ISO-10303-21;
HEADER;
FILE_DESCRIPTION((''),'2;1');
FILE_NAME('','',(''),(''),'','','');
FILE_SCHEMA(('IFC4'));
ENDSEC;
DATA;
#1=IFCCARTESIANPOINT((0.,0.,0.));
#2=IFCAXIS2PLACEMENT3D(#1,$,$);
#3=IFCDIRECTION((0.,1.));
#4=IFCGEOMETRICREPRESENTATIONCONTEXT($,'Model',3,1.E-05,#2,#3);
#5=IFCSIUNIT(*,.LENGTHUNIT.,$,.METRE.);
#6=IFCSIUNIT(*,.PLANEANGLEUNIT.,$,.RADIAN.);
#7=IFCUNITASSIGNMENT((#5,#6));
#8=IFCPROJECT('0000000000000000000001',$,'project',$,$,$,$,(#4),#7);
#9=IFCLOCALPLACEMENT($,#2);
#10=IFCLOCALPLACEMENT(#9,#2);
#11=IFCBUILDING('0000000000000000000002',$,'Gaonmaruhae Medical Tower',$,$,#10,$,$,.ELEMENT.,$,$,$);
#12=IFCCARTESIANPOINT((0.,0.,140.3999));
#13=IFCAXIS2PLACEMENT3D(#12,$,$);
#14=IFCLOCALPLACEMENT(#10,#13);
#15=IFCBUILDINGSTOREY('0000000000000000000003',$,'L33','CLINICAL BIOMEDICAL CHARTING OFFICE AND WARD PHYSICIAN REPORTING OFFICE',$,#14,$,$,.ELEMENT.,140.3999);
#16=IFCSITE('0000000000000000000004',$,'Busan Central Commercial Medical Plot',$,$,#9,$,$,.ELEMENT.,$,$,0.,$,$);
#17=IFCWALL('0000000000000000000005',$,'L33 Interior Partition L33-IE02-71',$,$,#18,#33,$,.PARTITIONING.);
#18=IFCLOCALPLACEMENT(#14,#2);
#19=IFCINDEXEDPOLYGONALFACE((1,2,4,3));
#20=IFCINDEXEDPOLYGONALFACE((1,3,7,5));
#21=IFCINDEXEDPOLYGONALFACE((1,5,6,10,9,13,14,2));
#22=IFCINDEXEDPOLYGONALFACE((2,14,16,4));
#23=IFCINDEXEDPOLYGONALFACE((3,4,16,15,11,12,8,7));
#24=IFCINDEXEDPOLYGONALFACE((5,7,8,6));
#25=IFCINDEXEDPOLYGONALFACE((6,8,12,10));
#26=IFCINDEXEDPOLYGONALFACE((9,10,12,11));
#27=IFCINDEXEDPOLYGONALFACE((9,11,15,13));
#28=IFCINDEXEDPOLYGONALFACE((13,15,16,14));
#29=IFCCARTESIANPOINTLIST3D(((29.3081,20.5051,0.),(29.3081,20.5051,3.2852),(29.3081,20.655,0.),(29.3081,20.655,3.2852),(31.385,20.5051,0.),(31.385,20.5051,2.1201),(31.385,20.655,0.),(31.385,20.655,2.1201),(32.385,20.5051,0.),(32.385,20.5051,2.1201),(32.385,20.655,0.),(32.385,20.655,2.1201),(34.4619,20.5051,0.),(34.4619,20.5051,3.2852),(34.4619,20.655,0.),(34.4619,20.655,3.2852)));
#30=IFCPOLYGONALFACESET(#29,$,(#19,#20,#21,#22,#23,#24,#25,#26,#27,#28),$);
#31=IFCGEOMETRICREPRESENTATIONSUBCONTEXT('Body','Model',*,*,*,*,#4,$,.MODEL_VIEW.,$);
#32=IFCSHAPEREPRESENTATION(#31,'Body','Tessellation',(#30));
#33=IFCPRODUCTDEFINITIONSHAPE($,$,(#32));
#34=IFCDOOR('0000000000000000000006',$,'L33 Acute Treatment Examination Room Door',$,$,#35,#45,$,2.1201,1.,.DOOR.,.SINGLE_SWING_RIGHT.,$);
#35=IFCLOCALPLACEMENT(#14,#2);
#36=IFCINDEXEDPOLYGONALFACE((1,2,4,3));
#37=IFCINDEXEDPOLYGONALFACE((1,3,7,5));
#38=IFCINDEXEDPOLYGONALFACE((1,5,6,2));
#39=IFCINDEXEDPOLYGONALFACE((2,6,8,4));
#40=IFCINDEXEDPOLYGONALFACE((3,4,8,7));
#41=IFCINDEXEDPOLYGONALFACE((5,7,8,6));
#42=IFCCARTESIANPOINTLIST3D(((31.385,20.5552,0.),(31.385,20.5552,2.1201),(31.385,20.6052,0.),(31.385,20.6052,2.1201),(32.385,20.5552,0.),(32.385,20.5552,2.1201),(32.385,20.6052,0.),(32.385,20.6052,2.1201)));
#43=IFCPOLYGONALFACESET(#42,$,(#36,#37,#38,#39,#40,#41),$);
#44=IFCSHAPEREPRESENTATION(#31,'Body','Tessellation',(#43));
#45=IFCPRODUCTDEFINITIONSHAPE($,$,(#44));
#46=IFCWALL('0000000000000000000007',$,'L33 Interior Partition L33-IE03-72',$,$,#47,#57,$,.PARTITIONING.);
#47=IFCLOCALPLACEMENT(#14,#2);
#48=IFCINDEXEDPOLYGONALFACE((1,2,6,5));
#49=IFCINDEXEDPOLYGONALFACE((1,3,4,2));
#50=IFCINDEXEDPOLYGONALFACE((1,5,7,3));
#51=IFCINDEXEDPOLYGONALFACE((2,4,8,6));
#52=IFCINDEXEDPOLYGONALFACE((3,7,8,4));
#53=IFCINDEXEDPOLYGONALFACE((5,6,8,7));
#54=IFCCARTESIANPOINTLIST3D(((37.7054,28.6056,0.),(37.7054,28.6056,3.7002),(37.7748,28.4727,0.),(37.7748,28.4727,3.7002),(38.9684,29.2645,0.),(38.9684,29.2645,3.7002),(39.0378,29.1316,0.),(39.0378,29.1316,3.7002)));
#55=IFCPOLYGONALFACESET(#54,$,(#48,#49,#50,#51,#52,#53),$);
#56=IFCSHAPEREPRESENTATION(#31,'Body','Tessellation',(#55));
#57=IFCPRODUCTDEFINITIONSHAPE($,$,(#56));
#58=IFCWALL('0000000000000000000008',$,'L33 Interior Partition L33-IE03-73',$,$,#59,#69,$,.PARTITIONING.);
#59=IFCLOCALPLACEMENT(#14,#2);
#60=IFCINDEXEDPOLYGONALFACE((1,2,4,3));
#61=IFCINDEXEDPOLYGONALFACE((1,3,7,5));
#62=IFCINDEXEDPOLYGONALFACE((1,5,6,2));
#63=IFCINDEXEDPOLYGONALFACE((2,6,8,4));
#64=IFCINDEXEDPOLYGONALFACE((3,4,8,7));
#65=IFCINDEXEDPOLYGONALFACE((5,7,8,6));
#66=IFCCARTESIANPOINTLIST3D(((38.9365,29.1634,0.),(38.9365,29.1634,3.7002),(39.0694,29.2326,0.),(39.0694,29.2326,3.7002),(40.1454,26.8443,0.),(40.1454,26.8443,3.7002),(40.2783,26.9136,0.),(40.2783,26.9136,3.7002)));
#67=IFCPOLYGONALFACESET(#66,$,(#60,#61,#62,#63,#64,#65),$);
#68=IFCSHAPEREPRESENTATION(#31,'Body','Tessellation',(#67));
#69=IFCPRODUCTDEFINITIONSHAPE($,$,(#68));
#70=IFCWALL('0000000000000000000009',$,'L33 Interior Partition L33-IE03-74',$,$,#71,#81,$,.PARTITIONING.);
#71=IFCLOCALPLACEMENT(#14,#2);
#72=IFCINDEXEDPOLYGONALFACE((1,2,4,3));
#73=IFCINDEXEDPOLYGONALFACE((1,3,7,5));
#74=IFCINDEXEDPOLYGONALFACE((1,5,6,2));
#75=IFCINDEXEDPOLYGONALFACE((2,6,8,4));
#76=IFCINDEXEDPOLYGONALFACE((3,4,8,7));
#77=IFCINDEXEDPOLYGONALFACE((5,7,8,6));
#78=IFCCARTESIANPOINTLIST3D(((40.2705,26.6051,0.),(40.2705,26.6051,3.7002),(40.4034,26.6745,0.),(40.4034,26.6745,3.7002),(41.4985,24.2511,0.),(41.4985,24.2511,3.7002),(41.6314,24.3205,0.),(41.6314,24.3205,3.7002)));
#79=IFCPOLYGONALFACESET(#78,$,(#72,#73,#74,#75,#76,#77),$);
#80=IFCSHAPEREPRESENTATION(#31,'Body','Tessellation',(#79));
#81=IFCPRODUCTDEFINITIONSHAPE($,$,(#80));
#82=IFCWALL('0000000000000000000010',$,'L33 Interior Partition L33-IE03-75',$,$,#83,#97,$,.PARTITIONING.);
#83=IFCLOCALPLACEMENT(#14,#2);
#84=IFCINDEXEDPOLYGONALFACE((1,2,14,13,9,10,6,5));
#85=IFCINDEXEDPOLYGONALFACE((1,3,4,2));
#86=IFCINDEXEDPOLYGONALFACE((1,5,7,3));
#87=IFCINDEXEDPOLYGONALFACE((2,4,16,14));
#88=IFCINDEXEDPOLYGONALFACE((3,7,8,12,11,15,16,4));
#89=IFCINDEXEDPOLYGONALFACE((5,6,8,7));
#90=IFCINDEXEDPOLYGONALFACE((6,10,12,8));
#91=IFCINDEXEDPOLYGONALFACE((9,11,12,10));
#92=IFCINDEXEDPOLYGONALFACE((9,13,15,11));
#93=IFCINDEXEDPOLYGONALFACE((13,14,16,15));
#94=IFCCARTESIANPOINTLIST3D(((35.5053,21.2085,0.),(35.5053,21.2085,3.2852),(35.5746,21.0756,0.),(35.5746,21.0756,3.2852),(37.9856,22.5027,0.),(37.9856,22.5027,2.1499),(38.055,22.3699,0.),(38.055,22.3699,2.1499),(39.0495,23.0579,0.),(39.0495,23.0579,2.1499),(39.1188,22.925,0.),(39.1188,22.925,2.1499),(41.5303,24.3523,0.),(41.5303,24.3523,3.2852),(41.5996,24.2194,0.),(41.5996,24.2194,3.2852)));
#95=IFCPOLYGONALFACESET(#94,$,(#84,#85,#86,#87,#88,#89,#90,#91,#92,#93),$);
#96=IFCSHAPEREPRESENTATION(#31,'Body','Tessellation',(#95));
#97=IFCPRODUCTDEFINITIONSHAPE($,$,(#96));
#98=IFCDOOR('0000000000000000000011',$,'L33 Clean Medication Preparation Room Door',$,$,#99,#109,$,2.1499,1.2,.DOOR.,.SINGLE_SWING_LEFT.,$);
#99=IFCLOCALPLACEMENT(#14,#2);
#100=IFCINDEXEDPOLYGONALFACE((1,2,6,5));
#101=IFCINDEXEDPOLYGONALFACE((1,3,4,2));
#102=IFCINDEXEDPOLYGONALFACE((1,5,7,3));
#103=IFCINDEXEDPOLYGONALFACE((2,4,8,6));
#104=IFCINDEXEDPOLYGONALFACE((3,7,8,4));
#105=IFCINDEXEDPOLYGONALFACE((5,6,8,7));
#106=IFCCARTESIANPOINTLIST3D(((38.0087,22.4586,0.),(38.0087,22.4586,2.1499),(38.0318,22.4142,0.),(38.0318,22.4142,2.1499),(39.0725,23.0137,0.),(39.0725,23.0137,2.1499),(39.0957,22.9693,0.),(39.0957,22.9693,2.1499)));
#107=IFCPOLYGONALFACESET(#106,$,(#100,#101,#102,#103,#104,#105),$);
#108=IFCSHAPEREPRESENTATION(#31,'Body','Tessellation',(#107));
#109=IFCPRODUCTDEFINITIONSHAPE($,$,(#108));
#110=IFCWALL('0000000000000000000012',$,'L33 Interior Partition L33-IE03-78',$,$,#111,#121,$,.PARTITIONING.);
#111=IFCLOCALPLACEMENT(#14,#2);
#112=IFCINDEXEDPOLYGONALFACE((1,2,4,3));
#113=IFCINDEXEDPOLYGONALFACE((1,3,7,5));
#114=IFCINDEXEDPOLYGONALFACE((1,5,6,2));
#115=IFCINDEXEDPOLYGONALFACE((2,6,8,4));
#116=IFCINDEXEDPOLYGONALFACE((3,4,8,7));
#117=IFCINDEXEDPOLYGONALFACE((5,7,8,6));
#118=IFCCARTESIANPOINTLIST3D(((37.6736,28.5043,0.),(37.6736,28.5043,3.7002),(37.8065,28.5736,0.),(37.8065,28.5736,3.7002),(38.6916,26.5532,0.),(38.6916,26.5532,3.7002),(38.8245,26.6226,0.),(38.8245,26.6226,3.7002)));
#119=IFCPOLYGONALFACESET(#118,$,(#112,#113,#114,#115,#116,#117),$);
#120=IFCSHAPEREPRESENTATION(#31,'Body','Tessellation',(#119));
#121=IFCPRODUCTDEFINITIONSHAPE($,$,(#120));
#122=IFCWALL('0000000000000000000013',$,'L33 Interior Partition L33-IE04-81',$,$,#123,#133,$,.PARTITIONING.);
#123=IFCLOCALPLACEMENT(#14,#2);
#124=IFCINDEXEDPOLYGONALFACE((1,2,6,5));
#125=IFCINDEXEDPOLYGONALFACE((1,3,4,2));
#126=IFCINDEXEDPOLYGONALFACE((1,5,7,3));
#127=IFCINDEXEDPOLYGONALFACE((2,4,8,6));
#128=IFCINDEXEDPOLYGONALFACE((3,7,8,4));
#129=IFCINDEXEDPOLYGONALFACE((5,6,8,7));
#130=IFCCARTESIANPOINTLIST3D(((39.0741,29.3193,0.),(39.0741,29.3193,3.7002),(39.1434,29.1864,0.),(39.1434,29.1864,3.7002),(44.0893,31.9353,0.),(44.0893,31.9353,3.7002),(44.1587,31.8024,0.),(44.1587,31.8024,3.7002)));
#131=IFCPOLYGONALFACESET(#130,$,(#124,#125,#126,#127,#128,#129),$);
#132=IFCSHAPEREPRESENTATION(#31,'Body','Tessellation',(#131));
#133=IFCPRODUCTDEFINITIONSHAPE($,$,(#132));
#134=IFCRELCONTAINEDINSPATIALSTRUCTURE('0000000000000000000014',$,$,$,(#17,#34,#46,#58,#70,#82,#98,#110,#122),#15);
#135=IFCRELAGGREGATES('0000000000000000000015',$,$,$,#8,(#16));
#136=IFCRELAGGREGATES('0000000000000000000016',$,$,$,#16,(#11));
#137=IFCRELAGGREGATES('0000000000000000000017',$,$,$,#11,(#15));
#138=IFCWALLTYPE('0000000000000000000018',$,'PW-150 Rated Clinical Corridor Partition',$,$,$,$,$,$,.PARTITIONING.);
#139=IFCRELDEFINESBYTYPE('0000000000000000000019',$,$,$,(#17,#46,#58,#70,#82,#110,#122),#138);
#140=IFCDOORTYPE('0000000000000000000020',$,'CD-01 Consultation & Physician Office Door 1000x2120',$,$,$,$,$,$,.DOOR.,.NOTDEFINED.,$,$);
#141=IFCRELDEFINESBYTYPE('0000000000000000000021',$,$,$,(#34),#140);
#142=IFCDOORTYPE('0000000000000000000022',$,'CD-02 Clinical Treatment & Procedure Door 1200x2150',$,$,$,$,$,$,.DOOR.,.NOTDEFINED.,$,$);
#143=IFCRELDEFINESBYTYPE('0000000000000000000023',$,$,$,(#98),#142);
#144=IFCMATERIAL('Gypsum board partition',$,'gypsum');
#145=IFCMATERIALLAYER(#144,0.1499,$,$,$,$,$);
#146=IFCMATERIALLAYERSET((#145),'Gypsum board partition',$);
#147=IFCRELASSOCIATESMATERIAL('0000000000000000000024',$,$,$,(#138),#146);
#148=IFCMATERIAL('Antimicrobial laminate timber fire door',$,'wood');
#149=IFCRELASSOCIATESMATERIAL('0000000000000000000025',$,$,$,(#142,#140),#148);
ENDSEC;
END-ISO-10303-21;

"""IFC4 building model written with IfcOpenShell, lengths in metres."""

from ifc_helpers import new_model, si_unit, direction, frame, frame_2d, origin, place, context, subcontext, project, spatial, rectangle, extrude, material, layer, layer_set, type_object, element, fill, save


model = new_model("IFC4")

# Units and contexts
model_context = context("Model", 3, precision=1e-05, world=origin(), true_north=direction((0.0, 1.0)))
body_context = subcontext(model_context, "Body", "Model", "MODEL_VIEW")
ifc_project = project(units=[si_unit("LENGTHUNIT", "METRE"), si_unit("PLANEANGLEUNIT", "RADIAN")], contexts=[model_context])

# Site, building, storey
site_placement = place(None, origin())
site = spatial("IfcSite", under=ifc_project, at=site_placement, Name="Busan Central Commercial Medical Plot", CompositionType="ELEMENT", RefElevation=0.0)
building_placement = place(site_placement, origin())
building = spatial("IfcBuilding", under=site, at=building_placement, Name="Gaonmaruhae Medical Tower", CompositionType="ELEMENT")
storey_placement = place(building_placement, frame((0.0, 0.0, 140.3999)))
storey = spatial("IfcBuildingStorey", under=building, at=storey_placement, Name="L33", Description="CLINICAL BIOMEDICAL CHARTING OFFICE AND WARD PHYSICIAN REPORTING OFFICE", CompositionType="ELEMENT", Elevation=140.3999)

# Shared definitions
ifc_material_1 = material(Name="Gypsum board partition", Category="gypsum")
ifc_layer_1 = layer(ifc_material_1, 0.1499)
ifc_layer_set_1 = layer_set([ifc_layer_1], Name="Gypsum board partition")
wall_type_1 = type_object("IfcWallType", Name="PW-150 Rated Clinical Corridor Partition", PredefinedType="PARTITIONING", material=ifc_layer_set_1)

# Shared definitions
ifc_material_2 = material(Name="Antimicrobial laminate timber fire door", Category="wood")
door_type_1 = type_object("IfcDoorType", Name="CD-02 Clinical Treatment & Procedure Door 1200x2150", OperationType="NOTDEFINED", PredefinedType="DOOR", material=ifc_material_2)

# Wall, opening, door
wall_1_placement = place(storey_placement, frame((34.4619, 20.5801, 0.0), z_axis=(0.0, 0.0, 1.0), x_axis=(-1.0, 0.0, 0.0)))
wall_1 = element("IfcWall", 1, at=wall_1_placement, inside=storey, type_object=wall_type_1, Name="L33 Interior Partition L33-IE02-71", PredefinedType="PARTITIONING", context=body_context, shape_type="SweptSolid", body=[
    extrude(rectangle(XDim=5.1538, YDim=0.1499, at=frame_2d((2.5769, 0.0))), origin(), (0.0, 0.0, 1.0), 3.2852),
])
opening_1_placement = place(wall_1_placement, frame((2.0769, 0.0, 0.0)))
opening_1 = element("IfcOpeningElement", 2, at=opening_1_placement, cuts=wall_1, PredefinedType="OPENING", context=body_context, shape_type="SweptSolid", body=[
    extrude(rectangle(XDim=1.0, YDim=2.1201, at=frame_2d((0.5, 1.0601))), frame((0.0, 0.085, 0.0), z_axis=(0.0, -1.0, 0.0), x_axis=(1.0, 0.0, 0.0)), (0.0, 0.0, 1.0), 0.1699),
])
door_type_2 = type_object("IfcDoorType", Name="CD-01 Consultation & Physician Office Door 1000x2120", OperationType="NOTDEFINED", PredefinedType="DOOR", material=ifc_material_2)
door_1_placement = place(opening_1_placement, origin())
door_1 = element("IfcDoor", 3, at=door_1_placement, inside=storey, type_object=door_type_2, Name="L33 Acute Treatment Examination Room Door", OperationType="SINGLE_SWING_RIGHT", OverallHeight=2.1201, OverallWidth=1.0, PredefinedType="DOOR", context=body_context, shape_type="SweptSolid", body=[
    extrude(rectangle(XDim=1.0, YDim=2.1201, at=frame_2d((0.5, 1.0601))), frame((0.0, 0.0249, 0.0), z_axis=(0.0, -1.0, 0.0), x_axis=(1.0, 0.0, 0.0)), (0.0, 0.0, 1.0), 0.05),
])
fill(opening_1, door_1)

# Walls
wall_2_placement = place(storey_placement, frame((37.74, 28.5391, 0.0), z_axis=(0.0, 0.0, 1.0), x_axis=(0.886582, 0.462572, 0.0)))
element("IfcWall", 4, at=wall_2_placement, inside=storey, type_object=wall_type_1, Name="L33 Interior Partition L33-IE03-72", PredefinedType="PARTITIONING", context=body_context, shape_type="SweptSolid", body=[
    extrude(rectangle(XDim=1.4246, YDim=0.1499, at=frame_2d((0.7124, 0.0))), origin(), (0.0, 0.0, 1.0), 3.7002),
])
wall_3_placement = place(storey_placement, frame((39.0029, 29.198, 0.0), z_axis=(0.0, 0.0, 1.0), x_axis=(0.462272, -0.886738, 0.0)))
element("IfcWall", 5, at=wall_3_placement, inside=storey, type_object=wall_type_1, Name="L33 Interior Partition L33-IE03-73", PredefinedType="PARTITIONING", context=body_context, shape_type="SweptSolid", body=[
    extrude(rectangle(XDim=2.6152, YDim=0.1499, at=frame_2d((1.3076, 0.0))), origin(), (0.0, 0.0, 1.0), 3.7002),
])
wall_4_placement = place(storey_placement, frame((40.3369, 26.6399, 0.0), z_axis=(0.0, 0.0, 1.0), x_axis=(0.462522, -0.886608, 0.0)))
element("IfcWall", 6, at=wall_4_placement, inside=storey, type_object=wall_type_1, Name="L33 Interior Partition L33-IE03-74", PredefinedType="PARTITIONING", context=body_context, shape_type="SweptSolid", body=[
    extrude(rectangle(XDim=2.655, YDim=0.1499, at=frame_2d((1.3276, 0.0))), origin(), (0.0, 0.0, 1.0), 3.7002),
])

# Wall, opening, door
wall_5_placement = place(storey_placement, frame((41.5649, 24.2859, 0.0), z_axis=(0.0, 0.0, 1.0), x_axis=(-0.886562, -0.462609, 0.0)))
wall_5 = element("IfcWall", 7, at=wall_5_placement, inside=storey, type_object=wall_type_1, Name="L33 Interior Partition L33-IE03-75", PredefinedType="PARTITIONING", context=body_context, shape_type="SweptSolid", body=[
    extrude(rectangle(XDim=6.7959, YDim=0.1499, at=frame_2d((3.3979, 0.0))), origin(), (0.0, 0.0, 1.0), 3.2852),
])
opening_2_placement = place(wall_5_placement, frame((2.7981, 0.0, 0.0)))
opening_2 = element("IfcOpeningElement", 8, at=opening_2_placement, cuts=wall_5, PredefinedType="OPENING", context=body_context, shape_type="SweptSolid", body=[
    extrude(rectangle(XDim=1.2, YDim=2.1499, at=frame_2d((0.6001, 1.075))), frame((0.0, 0.085, 0.0), z_axis=(0.0, -1.0, 0.0), x_axis=(1.0, 0.0, 0.0)), (0.0, 0.0, 1.0), 0.1699),
])
door_2_placement = place(opening_2_placement, origin())
door_2 = element("IfcDoor", 9, at=door_2_placement, inside=storey, type_object=door_type_1, Name="L33 Clean Medication Preparation Room Door", OperationType="SINGLE_SWING_LEFT", OverallHeight=2.1499, OverallWidth=1.2, PredefinedType="DOOR", context=body_context, shape_type="SweptSolid", body=[
    extrude(rectangle(XDim=1.2, YDim=2.1499, at=frame_2d((0.6001, 1.075))), frame((0.0, 0.0249, 0.0), z_axis=(0.0, -1.0, 0.0), x_axis=(1.0, 0.0, 0.0)), (0.0, 0.0, 1.0), 0.05),
])
fill(opening_2, door_2)

# Walls
wall_6_placement = place(storey_placement, frame((38.7581, 26.5879, 0.0), z_axis=(0.0, 0.0, 1.0), x_axis=(-0.462589, 0.886573, 0.0)))
element("IfcWall", 10, at=wall_6_placement, inside=storey, type_object=wall_type_1, Name="L33 Interior Partition L33-IE03-78", PredefinedType="PARTITIONING", context=body_context, shape_type="SweptSolid", body=[
    extrude(rectangle(XDim=2.2007, YDim=0.1499, at=frame_2d((1.1003, 0.0))), origin(), (0.0, 0.0, 1.0), 3.7002),
])
wall_7_placement = place(storey_placement, frame((39.1089, 29.2529, 0.0), z_axis=(0.0, 0.0, 1.0), x_axis=(0.88663, 0.462479, 0.0)))
element("IfcWall", 11, at=wall_7_placement, inside=storey, type_object=wall_type_1, Name="L33 Interior Partition L33-IE04-81", PredefinedType="PARTITIONING", context=body_context, shape_type="SweptSolid", body=[
    extrude(rectangle(XDim=5.6565, YDim=0.1499, at=frame_2d((2.8281, 0.0))), origin(), (0.0, 0.0, 1.0), 3.7002),
])

save(model, "model.ifc")
